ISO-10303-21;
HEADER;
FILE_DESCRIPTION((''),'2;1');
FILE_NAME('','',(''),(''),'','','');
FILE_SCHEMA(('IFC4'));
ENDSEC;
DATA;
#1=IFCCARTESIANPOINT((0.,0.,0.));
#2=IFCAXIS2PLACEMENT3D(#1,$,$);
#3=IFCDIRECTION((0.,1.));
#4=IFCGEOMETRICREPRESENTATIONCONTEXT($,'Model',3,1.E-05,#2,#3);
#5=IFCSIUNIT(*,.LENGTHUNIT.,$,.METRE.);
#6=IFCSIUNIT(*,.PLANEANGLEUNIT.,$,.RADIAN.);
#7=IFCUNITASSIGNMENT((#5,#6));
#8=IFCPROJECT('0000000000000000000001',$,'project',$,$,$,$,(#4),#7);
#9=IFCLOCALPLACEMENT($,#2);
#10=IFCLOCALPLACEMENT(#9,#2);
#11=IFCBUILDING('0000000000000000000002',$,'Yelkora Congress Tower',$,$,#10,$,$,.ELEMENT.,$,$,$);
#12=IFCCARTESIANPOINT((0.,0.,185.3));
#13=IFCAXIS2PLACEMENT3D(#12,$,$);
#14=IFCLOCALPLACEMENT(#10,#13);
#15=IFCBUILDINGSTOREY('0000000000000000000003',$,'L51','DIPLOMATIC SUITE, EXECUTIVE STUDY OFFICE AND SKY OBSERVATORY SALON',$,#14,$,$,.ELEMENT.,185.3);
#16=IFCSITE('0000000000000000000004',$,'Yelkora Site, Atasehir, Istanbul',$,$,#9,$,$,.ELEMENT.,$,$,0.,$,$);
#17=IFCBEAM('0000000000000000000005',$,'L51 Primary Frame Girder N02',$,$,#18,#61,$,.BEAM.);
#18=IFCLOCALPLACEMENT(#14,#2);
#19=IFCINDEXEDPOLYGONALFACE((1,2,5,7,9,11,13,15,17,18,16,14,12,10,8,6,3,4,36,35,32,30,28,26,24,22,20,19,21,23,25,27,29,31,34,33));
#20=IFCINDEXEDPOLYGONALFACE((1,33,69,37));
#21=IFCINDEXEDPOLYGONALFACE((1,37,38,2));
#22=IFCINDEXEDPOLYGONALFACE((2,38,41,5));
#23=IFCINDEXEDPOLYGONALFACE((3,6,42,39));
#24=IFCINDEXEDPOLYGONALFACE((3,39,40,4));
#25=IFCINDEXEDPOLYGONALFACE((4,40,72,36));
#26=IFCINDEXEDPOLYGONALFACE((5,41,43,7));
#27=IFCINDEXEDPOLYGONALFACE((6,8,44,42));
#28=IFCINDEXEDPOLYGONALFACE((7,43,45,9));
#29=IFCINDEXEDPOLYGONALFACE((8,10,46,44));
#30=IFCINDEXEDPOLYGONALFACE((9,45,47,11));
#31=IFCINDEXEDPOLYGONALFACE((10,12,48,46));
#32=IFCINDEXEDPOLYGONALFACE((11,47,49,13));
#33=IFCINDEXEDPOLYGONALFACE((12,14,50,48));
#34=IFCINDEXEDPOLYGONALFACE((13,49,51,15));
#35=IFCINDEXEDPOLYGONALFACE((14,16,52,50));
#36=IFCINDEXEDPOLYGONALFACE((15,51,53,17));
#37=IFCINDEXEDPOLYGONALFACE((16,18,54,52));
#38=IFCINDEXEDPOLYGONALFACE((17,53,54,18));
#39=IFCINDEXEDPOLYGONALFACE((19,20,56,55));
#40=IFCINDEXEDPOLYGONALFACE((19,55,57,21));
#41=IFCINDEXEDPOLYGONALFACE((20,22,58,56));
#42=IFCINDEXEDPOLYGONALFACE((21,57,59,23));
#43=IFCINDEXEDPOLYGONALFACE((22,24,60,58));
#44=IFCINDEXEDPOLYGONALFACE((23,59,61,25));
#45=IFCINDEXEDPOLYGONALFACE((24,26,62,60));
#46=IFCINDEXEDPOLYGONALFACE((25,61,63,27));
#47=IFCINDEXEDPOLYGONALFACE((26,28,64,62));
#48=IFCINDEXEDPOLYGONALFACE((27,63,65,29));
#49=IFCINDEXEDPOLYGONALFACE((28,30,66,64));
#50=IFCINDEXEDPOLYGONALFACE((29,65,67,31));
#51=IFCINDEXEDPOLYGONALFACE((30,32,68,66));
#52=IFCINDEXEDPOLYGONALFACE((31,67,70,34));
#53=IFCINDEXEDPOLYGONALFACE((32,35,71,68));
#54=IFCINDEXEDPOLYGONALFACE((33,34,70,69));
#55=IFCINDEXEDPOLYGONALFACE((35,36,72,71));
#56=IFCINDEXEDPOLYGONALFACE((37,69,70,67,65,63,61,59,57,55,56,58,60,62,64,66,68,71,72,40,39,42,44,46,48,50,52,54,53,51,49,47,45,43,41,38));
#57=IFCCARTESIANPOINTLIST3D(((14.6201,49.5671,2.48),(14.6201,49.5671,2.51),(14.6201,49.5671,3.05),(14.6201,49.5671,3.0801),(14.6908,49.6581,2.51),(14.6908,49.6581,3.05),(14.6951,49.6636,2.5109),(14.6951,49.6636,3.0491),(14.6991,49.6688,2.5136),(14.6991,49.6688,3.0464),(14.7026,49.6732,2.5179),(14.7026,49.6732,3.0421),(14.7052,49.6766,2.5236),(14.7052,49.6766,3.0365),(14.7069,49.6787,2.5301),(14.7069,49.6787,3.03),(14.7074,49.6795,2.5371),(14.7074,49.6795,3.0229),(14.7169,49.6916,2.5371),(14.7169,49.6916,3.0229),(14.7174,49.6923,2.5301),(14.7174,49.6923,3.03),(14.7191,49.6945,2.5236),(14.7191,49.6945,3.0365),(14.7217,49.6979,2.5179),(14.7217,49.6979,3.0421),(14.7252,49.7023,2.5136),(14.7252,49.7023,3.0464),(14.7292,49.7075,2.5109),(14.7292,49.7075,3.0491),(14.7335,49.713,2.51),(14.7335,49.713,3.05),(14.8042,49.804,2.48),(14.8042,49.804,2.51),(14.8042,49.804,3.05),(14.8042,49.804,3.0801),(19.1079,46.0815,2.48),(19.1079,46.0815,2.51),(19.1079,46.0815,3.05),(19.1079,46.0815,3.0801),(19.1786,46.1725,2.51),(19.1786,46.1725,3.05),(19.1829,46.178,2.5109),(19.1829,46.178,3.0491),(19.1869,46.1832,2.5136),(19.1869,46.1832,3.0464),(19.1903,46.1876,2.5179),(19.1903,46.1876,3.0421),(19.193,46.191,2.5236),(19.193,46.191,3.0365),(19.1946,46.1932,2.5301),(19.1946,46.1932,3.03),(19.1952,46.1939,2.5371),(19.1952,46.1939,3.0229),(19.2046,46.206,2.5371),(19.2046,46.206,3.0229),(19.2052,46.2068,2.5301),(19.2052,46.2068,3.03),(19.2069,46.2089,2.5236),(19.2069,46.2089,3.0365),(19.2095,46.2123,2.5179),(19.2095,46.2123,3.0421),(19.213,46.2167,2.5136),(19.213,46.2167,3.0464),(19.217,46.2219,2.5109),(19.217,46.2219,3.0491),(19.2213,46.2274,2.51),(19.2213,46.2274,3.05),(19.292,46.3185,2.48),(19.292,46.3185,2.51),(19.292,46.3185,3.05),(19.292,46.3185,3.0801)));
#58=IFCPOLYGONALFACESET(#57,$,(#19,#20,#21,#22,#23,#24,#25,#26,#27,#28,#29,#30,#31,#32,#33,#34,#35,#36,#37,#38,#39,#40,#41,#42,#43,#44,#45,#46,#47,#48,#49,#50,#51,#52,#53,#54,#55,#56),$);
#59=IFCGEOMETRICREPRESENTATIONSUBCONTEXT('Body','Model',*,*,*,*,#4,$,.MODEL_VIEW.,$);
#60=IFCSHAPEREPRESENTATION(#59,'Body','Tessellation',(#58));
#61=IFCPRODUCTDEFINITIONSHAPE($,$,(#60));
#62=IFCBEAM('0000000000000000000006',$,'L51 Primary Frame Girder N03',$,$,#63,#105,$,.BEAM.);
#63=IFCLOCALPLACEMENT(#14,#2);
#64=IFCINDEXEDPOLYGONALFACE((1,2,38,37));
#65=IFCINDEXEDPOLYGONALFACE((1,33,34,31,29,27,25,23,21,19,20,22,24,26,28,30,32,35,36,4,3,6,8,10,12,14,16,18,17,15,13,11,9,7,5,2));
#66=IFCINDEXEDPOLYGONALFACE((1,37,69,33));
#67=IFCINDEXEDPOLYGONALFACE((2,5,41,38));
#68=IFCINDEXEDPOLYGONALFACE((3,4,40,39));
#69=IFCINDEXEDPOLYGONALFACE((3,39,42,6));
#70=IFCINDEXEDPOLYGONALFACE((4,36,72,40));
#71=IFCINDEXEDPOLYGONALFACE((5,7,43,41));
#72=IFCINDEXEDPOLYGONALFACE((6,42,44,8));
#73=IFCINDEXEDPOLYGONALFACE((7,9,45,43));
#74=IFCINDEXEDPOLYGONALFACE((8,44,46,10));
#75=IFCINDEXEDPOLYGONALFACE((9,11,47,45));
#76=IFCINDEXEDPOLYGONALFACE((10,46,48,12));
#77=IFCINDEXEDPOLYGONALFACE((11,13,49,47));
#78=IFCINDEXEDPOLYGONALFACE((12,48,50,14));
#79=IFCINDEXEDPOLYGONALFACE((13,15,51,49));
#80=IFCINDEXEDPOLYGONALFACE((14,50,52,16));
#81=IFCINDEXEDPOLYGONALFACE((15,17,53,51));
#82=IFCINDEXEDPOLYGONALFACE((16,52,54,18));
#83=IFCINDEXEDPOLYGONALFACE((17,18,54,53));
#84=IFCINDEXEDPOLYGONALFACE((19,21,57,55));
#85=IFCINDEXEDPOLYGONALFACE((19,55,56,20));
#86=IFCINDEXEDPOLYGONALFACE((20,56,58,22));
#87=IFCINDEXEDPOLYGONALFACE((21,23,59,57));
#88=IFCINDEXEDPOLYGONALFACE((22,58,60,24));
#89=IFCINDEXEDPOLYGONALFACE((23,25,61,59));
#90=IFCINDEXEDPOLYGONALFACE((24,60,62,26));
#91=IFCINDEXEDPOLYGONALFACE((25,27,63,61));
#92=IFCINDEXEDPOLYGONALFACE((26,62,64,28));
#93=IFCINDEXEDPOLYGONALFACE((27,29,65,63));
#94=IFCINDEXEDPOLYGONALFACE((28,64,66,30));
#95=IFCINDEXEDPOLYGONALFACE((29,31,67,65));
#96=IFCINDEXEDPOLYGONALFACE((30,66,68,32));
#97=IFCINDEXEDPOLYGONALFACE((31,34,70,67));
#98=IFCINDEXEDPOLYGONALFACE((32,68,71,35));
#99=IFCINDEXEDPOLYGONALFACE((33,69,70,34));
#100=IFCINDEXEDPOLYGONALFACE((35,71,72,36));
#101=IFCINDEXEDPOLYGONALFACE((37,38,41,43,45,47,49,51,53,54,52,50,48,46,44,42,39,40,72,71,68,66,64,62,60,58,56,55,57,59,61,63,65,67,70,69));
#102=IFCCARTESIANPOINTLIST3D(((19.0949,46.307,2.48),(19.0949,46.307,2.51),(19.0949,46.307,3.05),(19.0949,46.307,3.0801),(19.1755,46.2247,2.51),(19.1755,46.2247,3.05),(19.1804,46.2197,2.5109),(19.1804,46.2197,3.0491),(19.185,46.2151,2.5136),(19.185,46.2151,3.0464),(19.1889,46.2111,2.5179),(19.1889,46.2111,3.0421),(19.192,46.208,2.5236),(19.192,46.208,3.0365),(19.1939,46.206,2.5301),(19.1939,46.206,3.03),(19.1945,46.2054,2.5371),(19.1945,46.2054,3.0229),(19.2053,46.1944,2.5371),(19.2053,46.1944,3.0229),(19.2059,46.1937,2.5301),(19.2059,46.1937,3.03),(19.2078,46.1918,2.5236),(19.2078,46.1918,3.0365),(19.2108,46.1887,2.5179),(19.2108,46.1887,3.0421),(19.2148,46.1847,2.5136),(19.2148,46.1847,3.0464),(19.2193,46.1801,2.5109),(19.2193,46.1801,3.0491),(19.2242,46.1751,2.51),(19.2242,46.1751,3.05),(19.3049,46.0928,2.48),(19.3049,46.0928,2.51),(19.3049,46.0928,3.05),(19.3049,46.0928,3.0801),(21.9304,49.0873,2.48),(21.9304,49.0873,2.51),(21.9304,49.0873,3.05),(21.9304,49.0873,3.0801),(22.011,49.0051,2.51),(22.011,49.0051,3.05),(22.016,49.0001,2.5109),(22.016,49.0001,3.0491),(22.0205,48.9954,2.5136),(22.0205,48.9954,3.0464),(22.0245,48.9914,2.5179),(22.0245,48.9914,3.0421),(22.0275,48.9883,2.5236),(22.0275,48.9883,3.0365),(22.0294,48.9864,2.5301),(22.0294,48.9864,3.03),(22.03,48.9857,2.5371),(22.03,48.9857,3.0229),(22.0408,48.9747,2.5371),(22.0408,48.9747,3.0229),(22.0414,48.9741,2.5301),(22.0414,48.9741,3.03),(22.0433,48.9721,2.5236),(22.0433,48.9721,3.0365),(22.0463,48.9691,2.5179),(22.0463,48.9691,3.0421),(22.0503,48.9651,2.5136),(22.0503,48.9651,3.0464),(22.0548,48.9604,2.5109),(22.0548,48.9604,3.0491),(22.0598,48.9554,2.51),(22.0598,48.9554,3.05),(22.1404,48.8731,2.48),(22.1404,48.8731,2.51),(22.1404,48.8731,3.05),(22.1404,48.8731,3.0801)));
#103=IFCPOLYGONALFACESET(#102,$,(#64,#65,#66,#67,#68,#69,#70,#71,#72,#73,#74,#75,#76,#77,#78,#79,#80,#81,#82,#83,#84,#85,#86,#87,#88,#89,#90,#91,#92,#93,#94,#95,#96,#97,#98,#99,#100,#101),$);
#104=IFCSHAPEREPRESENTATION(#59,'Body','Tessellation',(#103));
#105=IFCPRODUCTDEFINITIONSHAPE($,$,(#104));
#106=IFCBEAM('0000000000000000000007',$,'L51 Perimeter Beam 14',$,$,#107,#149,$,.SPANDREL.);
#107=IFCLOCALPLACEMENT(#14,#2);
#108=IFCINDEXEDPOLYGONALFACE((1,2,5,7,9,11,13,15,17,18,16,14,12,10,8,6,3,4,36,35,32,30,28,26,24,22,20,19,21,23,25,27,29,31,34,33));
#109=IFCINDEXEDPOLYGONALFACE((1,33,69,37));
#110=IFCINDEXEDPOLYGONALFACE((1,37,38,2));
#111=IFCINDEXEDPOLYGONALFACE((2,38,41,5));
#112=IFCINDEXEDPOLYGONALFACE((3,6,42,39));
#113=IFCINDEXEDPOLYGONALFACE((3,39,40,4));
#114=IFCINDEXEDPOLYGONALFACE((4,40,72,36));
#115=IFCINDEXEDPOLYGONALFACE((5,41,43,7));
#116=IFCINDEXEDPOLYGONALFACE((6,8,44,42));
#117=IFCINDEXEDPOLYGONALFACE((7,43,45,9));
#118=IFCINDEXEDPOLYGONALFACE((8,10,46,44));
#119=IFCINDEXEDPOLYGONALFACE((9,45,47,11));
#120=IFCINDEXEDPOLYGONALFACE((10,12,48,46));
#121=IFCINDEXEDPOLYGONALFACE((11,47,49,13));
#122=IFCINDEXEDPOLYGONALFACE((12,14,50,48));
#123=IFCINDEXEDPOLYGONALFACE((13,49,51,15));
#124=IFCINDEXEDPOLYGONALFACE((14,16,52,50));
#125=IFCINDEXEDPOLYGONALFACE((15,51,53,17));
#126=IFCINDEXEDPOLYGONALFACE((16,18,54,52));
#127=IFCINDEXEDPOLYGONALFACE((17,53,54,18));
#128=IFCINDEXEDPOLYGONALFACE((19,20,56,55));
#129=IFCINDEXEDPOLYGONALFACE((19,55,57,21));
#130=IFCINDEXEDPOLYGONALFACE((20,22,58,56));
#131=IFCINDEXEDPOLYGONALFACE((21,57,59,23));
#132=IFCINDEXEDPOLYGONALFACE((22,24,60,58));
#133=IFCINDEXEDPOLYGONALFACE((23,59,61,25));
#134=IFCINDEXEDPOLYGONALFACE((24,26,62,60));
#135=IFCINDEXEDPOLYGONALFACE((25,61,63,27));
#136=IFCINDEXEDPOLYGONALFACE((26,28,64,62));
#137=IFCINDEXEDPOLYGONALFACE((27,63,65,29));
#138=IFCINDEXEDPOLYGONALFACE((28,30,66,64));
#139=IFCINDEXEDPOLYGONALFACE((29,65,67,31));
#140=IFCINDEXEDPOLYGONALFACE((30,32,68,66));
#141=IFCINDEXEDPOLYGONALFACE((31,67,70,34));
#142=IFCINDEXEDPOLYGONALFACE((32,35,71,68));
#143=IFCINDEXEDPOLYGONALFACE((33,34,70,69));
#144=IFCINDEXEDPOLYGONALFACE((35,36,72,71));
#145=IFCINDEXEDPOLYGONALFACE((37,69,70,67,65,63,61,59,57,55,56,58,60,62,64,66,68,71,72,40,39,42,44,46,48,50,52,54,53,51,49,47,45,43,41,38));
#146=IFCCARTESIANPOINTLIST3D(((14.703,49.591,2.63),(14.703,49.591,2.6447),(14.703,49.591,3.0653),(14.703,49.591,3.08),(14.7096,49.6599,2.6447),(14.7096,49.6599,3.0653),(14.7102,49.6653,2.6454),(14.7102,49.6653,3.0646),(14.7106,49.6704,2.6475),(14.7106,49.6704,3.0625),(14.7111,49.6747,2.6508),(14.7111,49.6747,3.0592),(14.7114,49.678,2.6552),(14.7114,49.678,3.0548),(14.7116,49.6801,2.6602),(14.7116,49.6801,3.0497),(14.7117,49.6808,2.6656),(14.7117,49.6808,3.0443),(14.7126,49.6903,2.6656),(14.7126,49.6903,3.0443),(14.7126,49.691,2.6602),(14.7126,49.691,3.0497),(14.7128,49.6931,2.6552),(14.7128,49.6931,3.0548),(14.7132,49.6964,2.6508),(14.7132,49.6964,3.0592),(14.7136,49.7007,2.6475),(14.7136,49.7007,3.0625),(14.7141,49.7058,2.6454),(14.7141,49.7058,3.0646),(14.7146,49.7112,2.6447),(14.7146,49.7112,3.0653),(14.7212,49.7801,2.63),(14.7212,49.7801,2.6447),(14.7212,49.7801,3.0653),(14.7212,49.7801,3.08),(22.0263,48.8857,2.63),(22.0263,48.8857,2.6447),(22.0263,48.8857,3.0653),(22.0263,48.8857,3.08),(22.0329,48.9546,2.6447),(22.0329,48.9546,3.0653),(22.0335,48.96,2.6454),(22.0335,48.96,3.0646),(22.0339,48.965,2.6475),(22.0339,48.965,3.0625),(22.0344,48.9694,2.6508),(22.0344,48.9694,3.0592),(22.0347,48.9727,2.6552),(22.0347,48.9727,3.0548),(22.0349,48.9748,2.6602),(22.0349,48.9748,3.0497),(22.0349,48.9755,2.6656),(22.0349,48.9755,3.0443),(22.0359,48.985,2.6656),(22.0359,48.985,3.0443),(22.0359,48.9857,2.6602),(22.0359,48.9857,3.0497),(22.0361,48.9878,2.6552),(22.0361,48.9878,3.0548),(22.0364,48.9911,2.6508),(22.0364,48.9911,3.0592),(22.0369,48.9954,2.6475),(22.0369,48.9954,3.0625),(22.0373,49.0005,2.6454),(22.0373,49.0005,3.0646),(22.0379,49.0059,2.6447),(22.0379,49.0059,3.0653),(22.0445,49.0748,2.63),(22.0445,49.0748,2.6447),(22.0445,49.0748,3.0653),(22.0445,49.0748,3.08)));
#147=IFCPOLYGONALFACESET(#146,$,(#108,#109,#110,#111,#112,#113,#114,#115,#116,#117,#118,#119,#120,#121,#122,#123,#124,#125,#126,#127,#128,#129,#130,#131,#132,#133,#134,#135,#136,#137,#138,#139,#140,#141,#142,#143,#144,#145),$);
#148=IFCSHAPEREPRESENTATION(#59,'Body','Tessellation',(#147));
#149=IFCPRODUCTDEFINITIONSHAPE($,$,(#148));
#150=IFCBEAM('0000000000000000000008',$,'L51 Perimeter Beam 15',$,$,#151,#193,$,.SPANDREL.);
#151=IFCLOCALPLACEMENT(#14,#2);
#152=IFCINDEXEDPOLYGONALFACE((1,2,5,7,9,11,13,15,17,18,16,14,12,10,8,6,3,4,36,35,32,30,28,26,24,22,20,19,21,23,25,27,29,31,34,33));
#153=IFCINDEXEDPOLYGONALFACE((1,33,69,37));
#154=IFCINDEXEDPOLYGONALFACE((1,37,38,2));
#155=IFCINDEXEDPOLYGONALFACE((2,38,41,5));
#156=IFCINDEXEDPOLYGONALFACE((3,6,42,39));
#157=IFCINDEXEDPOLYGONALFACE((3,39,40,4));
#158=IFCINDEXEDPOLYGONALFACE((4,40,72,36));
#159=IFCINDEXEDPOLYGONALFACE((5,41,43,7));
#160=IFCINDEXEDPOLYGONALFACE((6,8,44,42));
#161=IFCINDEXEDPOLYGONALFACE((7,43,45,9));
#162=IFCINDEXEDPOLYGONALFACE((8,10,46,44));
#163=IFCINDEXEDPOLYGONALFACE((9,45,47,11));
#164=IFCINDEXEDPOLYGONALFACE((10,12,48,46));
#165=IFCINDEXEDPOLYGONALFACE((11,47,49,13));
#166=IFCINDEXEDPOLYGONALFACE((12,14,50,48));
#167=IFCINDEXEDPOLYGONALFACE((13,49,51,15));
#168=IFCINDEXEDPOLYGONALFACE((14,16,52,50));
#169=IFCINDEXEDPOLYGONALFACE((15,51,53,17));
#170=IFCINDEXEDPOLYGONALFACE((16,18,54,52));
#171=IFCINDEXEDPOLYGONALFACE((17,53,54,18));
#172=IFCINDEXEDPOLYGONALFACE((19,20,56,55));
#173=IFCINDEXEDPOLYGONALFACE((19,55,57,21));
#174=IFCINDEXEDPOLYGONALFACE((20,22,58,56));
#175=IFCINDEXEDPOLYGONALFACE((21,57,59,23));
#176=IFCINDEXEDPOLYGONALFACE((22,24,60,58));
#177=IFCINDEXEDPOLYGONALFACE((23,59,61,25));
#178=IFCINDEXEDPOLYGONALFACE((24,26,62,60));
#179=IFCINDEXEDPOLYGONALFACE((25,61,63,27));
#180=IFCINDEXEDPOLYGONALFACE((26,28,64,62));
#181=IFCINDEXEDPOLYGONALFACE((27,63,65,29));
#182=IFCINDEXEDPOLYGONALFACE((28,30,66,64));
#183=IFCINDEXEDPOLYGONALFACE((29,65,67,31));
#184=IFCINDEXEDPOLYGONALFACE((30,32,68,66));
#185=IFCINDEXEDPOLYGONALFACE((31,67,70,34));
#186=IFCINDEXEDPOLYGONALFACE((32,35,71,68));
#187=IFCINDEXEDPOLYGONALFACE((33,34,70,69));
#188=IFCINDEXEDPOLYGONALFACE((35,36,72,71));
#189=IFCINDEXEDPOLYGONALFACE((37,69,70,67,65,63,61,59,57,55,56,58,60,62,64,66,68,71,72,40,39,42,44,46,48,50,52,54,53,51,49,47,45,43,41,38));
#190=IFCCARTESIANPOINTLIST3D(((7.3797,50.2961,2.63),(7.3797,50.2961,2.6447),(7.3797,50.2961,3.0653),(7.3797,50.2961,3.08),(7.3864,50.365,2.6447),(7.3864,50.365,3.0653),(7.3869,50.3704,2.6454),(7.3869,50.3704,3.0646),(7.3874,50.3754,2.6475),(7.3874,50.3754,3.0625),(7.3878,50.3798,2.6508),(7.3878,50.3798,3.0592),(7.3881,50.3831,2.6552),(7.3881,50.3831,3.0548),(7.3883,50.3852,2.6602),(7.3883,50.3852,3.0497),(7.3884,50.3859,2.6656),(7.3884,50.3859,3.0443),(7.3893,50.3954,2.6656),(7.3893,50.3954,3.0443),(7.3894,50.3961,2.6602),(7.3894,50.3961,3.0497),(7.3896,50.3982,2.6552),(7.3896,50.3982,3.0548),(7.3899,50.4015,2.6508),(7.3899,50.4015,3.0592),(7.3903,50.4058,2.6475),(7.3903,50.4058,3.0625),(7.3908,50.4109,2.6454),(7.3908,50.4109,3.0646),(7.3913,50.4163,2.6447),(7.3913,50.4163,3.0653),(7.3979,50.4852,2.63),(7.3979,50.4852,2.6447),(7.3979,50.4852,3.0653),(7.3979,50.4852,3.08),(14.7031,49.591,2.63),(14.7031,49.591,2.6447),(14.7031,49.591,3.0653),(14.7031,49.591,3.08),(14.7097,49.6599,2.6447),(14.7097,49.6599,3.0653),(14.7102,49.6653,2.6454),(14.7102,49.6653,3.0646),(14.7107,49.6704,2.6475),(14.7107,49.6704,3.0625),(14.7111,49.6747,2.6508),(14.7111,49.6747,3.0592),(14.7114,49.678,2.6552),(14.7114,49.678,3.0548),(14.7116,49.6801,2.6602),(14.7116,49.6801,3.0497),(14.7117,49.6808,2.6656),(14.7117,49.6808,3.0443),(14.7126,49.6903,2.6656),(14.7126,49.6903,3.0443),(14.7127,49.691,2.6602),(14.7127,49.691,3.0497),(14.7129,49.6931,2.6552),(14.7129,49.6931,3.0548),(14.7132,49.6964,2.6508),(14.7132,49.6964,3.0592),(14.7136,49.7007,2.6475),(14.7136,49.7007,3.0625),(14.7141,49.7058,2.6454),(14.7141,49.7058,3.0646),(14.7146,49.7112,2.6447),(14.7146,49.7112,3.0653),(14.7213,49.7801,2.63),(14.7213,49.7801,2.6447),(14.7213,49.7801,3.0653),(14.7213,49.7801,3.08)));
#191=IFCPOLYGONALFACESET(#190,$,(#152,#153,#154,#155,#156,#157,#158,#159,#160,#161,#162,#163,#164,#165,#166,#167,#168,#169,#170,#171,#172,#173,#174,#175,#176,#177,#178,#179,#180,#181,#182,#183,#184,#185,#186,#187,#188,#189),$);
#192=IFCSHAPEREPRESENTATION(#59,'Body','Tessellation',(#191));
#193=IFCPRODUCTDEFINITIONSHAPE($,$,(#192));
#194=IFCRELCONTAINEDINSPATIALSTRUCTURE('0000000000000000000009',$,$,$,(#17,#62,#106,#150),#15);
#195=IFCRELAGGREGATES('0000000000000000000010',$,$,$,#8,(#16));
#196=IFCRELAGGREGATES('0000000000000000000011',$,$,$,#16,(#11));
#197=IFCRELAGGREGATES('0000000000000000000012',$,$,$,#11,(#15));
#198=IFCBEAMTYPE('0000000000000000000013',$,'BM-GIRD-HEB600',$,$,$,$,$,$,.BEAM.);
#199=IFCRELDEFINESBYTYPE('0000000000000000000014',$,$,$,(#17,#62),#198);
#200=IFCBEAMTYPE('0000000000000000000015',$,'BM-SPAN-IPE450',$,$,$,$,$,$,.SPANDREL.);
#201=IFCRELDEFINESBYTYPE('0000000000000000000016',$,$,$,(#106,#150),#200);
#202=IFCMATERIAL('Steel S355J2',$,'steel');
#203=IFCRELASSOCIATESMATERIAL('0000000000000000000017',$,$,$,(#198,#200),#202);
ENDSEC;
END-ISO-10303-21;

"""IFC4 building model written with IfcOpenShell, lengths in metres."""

from ifc_helpers import new_model, si_unit, direction, frame, origin, origin_2d, place, context, subcontext, project, spatial, i_section, extrude, material, material_profile, profile_set, type_object, element, save


model = new_model("IFC4")

# Units and contexts
model_context = context("Model", 3, precision=1e-05, world=origin(), true_north=direction((0.0, 1.0)))
body_context = subcontext(model_context, "Body", "Model", "MODEL_VIEW")
ifc_project = project(units=[si_unit("LENGTHUNIT", "METRE"), si_unit("PLANEANGLEUNIT", "RADIAN")], contexts=[model_context])

# Site, building, storey
site_placement = place(None, origin())
site = spatial("IfcSite", under=ifc_project, at=site_placement, Name="Yelkora Site, Atasehir, Istanbul", CompositionType="ELEMENT", RefElevation=0.0)
building_placement = place(site_placement, origin())
building = spatial("IfcBuilding", under=site, at=building_placement, Name="Yelkora Congress Tower", CompositionType="ELEMENT")
storey_placement = place(building_placement, frame((0.0, 0.0, 185.3)))
storey = spatial("IfcBuildingStorey", under=building, at=storey_placement, Name="L51", Description="DIPLOMATIC SUITE, EXECUTIVE STUDY OFFICE AND SKY OBSERVATORY SALON", CompositionType="ELEMENT", Elevation=185.3)

# Beams
ifc_material_1 = material(Name="Steel S355J2", Category="steel")
ifc_material_profile_1 = material_profile(ifc_material_1, i_section(OverallWidth=0.3, OverallDepth=0.6001, WebThickness=0.0154, FlangeThickness=0.03, FilletRadius=0.0271, at=origin_2d()), Name="HEB 600")
ifc_profile_set_1 = profile_set([ifc_material_profile_1], Name="Steel S355J2")
beam_type_1 = type_object("IfcBeamType", Name="BM-GIRD-HEB600", PredefinedType="BEAM", material=ifc_profile_set_1)
beam_1_placement = place(storey_placement, frame((14.7122, 49.6855, 2.78), z_axis=(0.789771, -0.613402, 0.0), x_axis=(0.613402, 0.789771, 0.0)))
element("IfcBeam", 1, at=beam_1_placement, inside=storey, type_object=beam_type_1, Name="L51 Primary Frame Girder N02", PredefinedType="BEAM", context=body_context, shape_type="SweptSolid", body=[
    extrude(i_section(OverallWidth=0.3, OverallDepth=0.6001, WebThickness=0.0154, FlangeThickness=0.03, FilletRadius=0.0271, at=origin_2d()), origin(), (0.0, 0.0, 1.0), 5.6824),
])
beam_2_placement = place(storey_placement, frame((22.0354, 48.9802, 2.78), z_axis=(-0.71402, -0.700126, 0.0), x_axis=(0.700126, -0.71402, 0.0)))
element("IfcBeam", 2, at=beam_2_placement, inside=storey, type_object=beam_type_1, Name="L51 Primary Frame Girder N03", PredefinedType="BEAM", context=body_context, shape_type="SweptSolid", body=[
    extrude(i_section(OverallWidth=0.3, OverallDepth=0.6001, WebThickness=0.0154, FlangeThickness=0.03, FilletRadius=0.0271, at=origin_2d()), origin(), (0.0, 0.0, 1.0), 3.9712),
])
ifc_material_profile_2 = material_profile(ifc_material_1, i_section(OverallWidth=0.1899, OverallDepth=0.45, WebThickness=0.0095, FlangeThickness=0.0146, FilletRadius=0.021, at=origin_2d()), Name="IPE 450")
ifc_profile_set_2 = profile_set([ifc_material_profile_2], Name="Steel S355J2")
beam_type_2 = type_object("IfcBeamType", Name="BM-SPAN-IPE450", PredefinedType="SPANDREL", material=ifc_profile_set_2)
for number, where, z_axis, x_axis, name in (
    (3, (22.0354, 48.9802, 2.855), (-0.995394, 0.095869, 0.0), (-0.095869, -0.995394, 0.0), "L51 Perimeter Beam 14"),
    (4, (14.7122, 49.6855, 2.855), (-0.995397, 0.095836, 0.0), (-0.095836, -0.995397, 0.0), "L51 Perimeter Beam 15"),
):
    element("IfcBeam", number, at=place(storey_placement, frame(where, z_axis=z_axis, x_axis=x_axis)), inside=storey, type_object=beam_type_2, Name=name, PredefinedType="SPANDREL", context=body_context, shape_type="SweptSolid", body=[
        extrude(i_section(OverallWidth=0.1899, OverallDepth=0.45, WebThickness=0.0095, FlangeThickness=0.0146, FilletRadius=0.021, at=origin_2d()), origin(), (0.0, 0.0, 1.0), 7.3572),
    ])

save(model, "model.ifc")
